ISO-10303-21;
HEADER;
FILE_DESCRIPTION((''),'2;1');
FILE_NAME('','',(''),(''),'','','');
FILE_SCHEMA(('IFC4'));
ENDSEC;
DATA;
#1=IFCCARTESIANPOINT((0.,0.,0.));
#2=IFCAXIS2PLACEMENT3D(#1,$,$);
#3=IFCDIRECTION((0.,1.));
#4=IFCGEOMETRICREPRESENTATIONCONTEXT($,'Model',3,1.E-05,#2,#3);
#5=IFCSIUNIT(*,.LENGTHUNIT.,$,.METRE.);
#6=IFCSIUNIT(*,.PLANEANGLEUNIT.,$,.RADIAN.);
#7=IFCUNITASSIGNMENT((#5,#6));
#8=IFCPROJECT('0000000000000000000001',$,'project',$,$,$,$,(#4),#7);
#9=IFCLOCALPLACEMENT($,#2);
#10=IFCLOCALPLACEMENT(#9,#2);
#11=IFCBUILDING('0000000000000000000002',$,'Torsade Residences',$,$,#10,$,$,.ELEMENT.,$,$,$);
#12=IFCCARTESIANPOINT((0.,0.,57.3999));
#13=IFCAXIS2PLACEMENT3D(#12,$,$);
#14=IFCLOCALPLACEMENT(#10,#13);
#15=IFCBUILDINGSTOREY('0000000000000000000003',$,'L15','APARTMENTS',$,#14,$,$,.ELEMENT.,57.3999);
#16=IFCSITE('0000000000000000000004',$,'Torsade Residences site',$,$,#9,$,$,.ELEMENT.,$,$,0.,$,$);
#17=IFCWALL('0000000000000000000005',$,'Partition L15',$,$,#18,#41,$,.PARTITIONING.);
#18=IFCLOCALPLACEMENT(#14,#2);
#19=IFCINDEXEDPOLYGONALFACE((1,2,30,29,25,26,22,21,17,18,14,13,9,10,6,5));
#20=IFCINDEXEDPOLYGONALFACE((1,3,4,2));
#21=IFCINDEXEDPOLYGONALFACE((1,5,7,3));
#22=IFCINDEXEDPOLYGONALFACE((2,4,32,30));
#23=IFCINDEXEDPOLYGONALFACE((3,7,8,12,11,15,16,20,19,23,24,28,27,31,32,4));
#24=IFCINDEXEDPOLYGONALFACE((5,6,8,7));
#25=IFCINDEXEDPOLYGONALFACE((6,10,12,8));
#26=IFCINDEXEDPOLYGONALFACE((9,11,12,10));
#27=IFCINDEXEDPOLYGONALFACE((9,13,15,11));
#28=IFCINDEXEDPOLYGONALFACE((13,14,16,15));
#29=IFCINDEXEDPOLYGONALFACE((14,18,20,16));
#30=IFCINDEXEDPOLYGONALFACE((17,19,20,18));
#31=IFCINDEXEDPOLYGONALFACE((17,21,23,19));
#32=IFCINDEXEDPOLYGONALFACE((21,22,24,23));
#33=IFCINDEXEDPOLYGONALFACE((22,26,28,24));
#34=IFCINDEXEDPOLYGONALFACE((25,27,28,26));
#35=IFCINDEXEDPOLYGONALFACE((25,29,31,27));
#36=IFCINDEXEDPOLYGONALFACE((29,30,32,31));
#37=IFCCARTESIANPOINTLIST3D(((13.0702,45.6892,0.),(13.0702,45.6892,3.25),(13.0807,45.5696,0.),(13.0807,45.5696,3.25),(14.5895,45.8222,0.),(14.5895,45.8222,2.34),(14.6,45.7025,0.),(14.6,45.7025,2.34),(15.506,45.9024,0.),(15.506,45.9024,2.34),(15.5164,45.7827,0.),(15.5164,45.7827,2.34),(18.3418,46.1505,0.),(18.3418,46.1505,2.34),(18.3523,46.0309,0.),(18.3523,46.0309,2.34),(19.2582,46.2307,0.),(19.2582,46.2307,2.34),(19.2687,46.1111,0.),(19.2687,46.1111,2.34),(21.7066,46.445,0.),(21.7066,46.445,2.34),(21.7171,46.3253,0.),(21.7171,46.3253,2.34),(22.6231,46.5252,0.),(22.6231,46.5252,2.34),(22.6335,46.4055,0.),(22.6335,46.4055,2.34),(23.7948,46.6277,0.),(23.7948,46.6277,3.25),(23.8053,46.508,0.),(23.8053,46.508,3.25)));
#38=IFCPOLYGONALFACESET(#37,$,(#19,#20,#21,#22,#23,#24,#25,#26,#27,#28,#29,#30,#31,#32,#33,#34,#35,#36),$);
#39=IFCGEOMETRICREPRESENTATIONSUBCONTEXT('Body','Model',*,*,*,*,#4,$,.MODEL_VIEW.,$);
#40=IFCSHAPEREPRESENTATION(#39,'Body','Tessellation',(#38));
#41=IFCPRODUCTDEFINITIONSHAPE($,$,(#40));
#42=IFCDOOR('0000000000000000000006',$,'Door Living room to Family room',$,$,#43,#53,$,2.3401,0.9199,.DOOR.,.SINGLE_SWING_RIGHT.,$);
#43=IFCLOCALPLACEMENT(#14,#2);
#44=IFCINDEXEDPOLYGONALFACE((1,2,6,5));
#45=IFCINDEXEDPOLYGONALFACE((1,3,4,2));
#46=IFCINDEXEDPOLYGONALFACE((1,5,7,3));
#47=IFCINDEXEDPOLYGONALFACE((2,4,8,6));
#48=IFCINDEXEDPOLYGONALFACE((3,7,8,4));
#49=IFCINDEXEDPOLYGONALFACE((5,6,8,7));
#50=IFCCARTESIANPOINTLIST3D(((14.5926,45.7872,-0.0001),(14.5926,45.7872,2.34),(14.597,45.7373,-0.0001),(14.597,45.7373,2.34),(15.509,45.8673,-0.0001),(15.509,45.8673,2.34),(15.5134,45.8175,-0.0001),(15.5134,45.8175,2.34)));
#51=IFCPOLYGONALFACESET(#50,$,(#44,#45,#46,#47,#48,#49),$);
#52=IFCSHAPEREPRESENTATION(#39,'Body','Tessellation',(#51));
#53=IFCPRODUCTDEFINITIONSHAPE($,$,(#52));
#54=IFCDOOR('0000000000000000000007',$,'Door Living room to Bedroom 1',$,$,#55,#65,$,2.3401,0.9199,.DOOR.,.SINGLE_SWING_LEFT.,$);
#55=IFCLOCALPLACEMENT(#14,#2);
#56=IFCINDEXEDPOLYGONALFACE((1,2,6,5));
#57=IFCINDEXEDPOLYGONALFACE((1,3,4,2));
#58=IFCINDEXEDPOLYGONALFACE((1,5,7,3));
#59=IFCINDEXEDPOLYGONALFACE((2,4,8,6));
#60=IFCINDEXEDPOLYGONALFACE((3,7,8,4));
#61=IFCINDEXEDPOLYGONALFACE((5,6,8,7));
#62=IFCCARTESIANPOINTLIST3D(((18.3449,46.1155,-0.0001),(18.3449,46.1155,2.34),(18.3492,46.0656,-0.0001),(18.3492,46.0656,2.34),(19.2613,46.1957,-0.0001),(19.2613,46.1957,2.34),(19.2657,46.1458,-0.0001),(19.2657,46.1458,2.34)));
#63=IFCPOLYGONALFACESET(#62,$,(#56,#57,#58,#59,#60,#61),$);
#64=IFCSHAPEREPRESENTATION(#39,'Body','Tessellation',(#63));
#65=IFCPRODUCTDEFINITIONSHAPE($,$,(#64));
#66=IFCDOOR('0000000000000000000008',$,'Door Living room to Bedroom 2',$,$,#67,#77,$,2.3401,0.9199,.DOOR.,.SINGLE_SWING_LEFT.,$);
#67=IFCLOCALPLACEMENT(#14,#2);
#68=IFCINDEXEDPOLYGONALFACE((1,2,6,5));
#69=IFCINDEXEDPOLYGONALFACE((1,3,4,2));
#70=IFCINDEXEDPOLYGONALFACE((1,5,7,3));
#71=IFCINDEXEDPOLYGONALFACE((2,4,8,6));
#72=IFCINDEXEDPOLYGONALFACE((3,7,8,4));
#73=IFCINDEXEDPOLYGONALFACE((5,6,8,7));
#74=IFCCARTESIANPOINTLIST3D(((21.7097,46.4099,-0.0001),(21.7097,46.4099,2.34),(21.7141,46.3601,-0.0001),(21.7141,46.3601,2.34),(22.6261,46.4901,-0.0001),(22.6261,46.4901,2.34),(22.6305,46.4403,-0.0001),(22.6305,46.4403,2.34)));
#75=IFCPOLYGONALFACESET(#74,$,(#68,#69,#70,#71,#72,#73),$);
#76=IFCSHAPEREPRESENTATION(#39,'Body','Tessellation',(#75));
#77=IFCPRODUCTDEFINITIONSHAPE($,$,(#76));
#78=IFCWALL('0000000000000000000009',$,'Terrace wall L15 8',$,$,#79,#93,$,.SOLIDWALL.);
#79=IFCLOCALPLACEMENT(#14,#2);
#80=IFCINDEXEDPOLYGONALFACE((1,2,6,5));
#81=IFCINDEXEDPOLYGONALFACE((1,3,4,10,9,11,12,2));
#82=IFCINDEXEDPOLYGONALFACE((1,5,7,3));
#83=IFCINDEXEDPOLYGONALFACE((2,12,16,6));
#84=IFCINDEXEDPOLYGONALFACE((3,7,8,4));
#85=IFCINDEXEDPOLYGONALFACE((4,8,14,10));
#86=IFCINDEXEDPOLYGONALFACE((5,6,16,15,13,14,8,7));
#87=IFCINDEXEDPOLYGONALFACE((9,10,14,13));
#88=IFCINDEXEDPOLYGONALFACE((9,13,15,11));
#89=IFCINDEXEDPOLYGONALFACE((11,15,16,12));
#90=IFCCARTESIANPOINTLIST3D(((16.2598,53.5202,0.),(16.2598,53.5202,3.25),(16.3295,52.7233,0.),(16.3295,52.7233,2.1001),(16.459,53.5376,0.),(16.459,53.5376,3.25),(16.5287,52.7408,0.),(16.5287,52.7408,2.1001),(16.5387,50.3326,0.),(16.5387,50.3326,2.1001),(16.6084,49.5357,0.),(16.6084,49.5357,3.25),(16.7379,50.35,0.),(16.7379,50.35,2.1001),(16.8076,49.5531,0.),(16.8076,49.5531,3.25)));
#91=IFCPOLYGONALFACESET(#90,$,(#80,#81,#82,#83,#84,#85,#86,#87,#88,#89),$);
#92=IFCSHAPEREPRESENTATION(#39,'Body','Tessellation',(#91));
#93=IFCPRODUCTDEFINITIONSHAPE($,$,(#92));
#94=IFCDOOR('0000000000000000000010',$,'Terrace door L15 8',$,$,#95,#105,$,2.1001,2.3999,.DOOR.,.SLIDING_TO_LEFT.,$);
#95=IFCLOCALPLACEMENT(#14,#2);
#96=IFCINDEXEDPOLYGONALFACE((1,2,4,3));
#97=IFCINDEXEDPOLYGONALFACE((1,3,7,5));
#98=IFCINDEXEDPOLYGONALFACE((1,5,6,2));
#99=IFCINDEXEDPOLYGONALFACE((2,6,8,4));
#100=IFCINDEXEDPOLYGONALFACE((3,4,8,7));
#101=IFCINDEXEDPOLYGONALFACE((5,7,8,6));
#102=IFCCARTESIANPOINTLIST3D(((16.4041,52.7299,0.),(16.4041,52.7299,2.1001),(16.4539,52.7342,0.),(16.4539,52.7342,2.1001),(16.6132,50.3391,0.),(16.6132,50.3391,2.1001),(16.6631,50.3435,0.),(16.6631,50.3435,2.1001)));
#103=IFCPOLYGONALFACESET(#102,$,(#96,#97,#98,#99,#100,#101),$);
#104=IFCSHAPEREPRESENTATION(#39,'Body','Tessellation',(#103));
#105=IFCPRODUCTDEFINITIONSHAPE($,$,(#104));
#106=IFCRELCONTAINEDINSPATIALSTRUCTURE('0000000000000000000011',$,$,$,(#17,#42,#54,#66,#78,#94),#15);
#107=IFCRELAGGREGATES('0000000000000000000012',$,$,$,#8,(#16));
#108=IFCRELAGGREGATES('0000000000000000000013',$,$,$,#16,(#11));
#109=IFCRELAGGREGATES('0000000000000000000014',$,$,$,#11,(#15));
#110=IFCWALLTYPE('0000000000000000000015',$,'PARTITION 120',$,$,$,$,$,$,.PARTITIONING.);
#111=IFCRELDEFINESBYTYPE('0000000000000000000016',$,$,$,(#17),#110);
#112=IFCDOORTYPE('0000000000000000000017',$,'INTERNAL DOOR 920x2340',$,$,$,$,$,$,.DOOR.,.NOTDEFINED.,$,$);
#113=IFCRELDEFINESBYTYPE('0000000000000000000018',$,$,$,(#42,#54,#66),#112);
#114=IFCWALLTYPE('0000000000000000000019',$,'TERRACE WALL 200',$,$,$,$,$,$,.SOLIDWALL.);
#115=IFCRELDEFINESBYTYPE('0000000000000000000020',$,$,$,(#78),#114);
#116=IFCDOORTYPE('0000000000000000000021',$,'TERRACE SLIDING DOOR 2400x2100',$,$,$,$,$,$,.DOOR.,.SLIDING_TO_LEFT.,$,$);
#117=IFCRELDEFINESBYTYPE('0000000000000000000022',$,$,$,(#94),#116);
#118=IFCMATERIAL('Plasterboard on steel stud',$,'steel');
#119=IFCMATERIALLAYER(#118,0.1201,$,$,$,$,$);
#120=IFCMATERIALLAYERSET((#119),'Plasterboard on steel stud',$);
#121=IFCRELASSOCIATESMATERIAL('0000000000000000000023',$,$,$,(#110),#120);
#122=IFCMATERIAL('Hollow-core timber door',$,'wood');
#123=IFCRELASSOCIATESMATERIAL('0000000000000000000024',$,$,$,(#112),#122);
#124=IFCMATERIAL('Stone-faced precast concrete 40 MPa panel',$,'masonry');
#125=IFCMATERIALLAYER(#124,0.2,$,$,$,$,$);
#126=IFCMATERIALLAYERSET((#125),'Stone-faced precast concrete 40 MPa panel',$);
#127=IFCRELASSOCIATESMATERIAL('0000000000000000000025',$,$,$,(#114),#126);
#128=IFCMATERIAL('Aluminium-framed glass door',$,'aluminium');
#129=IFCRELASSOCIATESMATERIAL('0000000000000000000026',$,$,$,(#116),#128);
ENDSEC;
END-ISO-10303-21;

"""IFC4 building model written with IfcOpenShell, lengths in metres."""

from ifc_helpers import new_model, si_unit, direction, frame, frame_2d, origin, place, context, subcontext, project, spatial, rectangle, extrude, material, layer, layer_set, type_object, element, fill, save


model = new_model("IFC4")

# Units and contexts
model_context = context("Model", 3, precision=1e-05, world=origin(), true_north=direction((0.0, 1.0)))
body_context = subcontext(model_context, "Body", "Model", "MODEL_VIEW")
ifc_project = project(units=[si_unit("LENGTHUNIT", "METRE"), si_unit("PLANEANGLEUNIT", "RADIAN")], contexts=[model_context])

# Site, building, storey
site_placement = place(None, origin())
site = spatial("IfcSite", under=ifc_project, at=site_placement, Name="Torsade Residences site", CompositionType="ELEMENT", RefElevation=0.0)
building_placement = place(site_placement, origin())
building = spatial("IfcBuilding", under=site, at=building_placement, Name="Torsade Residences", CompositionType="ELEMENT")
storey_placement = place(building_placement, frame((0.0, 0.0, 57.3999)))
storey = spatial("IfcBuildingStorey", under=building, at=storey_placement, Name="L15", Description="APARTMENTS", CompositionType="ELEMENT", Elevation=57.3999)

# Wall, openings, doors
ifc_material_1 = material(Name="Plasterboard on steel stud", Category="steel")
ifc_layer_1 = layer(ifc_material_1, 0.1201)
ifc_layer_set_1 = layer_set([ifc_layer_1], Name="Plasterboard on steel stud")
wall_type_1 = type_object("IfcWallType", Name="PARTITION 120", PredefinedType="PARTITIONING", material=ifc_layer_set_1)
wall_1_placement = place(storey_placement, frame((13.0754, 45.6294, 0.0), z_axis=(0.0, 0.0, 1.0), x_axis=(0.996193, 0.087174, 0.0)))
wall_1 = element("IfcWall", 1, at=wall_1_placement, inside=storey, type_object=wall_type_1, Name="Partition L15", PredefinedType="PARTITIONING", context=body_context, shape_type="SweptSolid", body=[
    extrude(rectangle(XDim=10.7656, YDim=0.1201, at=frame_2d((5.3828, 0.0))), origin(), (0.0, 0.0, 1.0), 3.25),
])
opening_1_placement = place(wall_1_placement, frame((1.5251, 0.0, 0.0)))
opening_1 = element("IfcOpeningElement", 2, at=opening_1_placement, cuts=wall_1, PredefinedType="OPENING", context=body_context, shape_type="SweptSolid", body=[
    extrude(rectangle(XDim=0.9199, YDim=2.3401, at=frame_2d((0.46, 1.1699))), frame((0.0, 0.0701, 0.0), z_axis=(0.0, -1.0, 0.0), x_axis=(1.0, 0.0, 0.0)), (0.0, 0.0, 1.0), 0.1401),
])
opening_2_placement = place(wall_1_placement, frame((5.2917, 0.0, 0.0)))
opening_2 = element("IfcOpeningElement", 3, at=opening_2_placement, cuts=wall_1, PredefinedType="OPENING", context=body_context, shape_type="SweptSolid", body=[
    extrude(rectangle(XDim=0.9199, YDim=2.3401, at=frame_2d((0.46, 1.1699))), frame((0.0, 0.0701, 0.0), z_axis=(0.0, -1.0, 0.0), x_axis=(1.0, 0.0, 0.0)), (0.0, 0.0, 1.0), 0.1401),
])
opening_3_placement = place(wall_1_placement, frame((8.6694, 0.0, 0.0)))
opening_3 = element("IfcOpeningElement", 4, at=opening_3_placement, cuts=wall_1, PredefinedType="OPENING", context=body_context, shape_type="SweptSolid", body=[
    extrude(rectangle(XDim=0.9199, YDim=2.3401, at=frame_2d((0.46, 1.1699))), frame((0.0, 0.0701, 0.0), z_axis=(0.0, -1.0, 0.0), x_axis=(1.0, 0.0, 0.0)), (0.0, 0.0, 1.0), 0.1401),
])
ifc_material_2 = material(Name="Hollow-core timber door", Category="wood")
door_type_1 = type_object("IfcDoorType", Name="INTERNAL DOOR 920x2340", OperationType="NOTDEFINED", PredefinedType="DOOR", material=ifc_material_2)
door_1_placement = place(opening_1_placement, origin())
door_1 = element("IfcDoor", 5, at=door_1_placement, inside=storey, type_object=door_type_1, Name="Door Living room to Family room", OperationType="SINGLE_SWING_RIGHT", OverallHeight=2.3401, OverallWidth=0.9199, PredefinedType="DOOR", context=body_context, shape_type="SweptSolid", body=[
    extrude(rectangle(XDim=0.9199, YDim=2.3401, at=frame_2d((0.46, 1.1699))), frame((0.0, 0.0249, 0.0), z_axis=(0.0, -1.0, 0.0), x_axis=(1.0, 0.0, 0.0)), (0.0, 0.0, 1.0), 0.05),
])
fill(opening_1, door_1)
door_2_placement = place(opening_2_placement, origin())
door_2 = element("IfcDoor", 6, at=door_2_placement, inside=storey, type_object=door_type_1, Name="Door Living room to Bedroom 1", OperationType="SINGLE_SWING_LEFT", OverallHeight=2.3401, OverallWidth=0.9199, PredefinedType="DOOR", context=body_context, shape_type="SweptSolid", body=[
    extrude(rectangle(XDim=0.9199, YDim=2.3401, at=frame_2d((0.46, 1.1699))), frame((0.0, 0.0249, 0.0), z_axis=(0.0, -1.0, 0.0), x_axis=(1.0, 0.0, 0.0)), (0.0, 0.0, 1.0), 0.05),
])
fill(opening_2, door_2)
door_3_placement = place(opening_3_placement, origin())
door_3 = element("IfcDoor", 7, at=door_3_placement, inside=storey, type_object=door_type_1, Name="Door Living room to Bedroom 2", OperationType="SINGLE_SWING_LEFT", OverallHeight=2.3401, OverallWidth=0.9199, PredefinedType="DOOR", context=body_context, shape_type="SweptSolid", body=[
    extrude(rectangle(XDim=0.9199, YDim=2.3401, at=frame_2d((0.46, 1.1699))), frame((0.0, 0.0249, 0.0), z_axis=(0.0, -1.0, 0.0), x_axis=(1.0, 0.0, 0.0)), (0.0, 0.0, 1.0), 0.05),
])
fill(opening_3, door_3)

# Wall, opening, door
ifc_material_3 = material(Name="Stone-faced precast concrete 40 MPa panel", Category="masonry")
ifc_layer_2 = layer(ifc_material_3, 0.2)
ifc_layer_set_2 = layer_set([ifc_layer_2], Name="Stone-faced precast concrete 40 MPa panel")
wall_type_2 = type_object("IfcWallType", Name="TERRACE WALL 200", PredefinedType="SOLIDWALL", material=ifc_layer_set_2)
wall_2_placement = place(storey_placement, frame((16.3594, 53.5291, 0.0), z_axis=(0.0, 0.0, 1.0), x_axis=(0.087162, -0.996194, 0.0)))
wall_2 = element("IfcWall", 8, at=wall_2_placement, inside=storey, type_object=wall_type_2, Name="Terrace wall L15 8", PredefinedType="SOLIDWALL", context=body_context, shape_type="SweptSolid", body=[
    extrude(rectangle(XDim=3.9998, YDim=0.2, at=frame_2d((2.0, 0.0))), origin(), (0.0, 0.0, 1.0), 3.25),
])
opening_4_placement = place(wall_2_placement, frame((0.8, 0.0, 0.0)))
opening_4 = element("IfcOpeningElement", 9, at=opening_4_placement, cuts=wall_2, PredefinedType="OPENING", context=body_context, shape_type="SweptSolid", body=[
    extrude(rectangle(XDim=2.3999, YDim=2.1001, at=frame_2d((1.2, 1.05))), frame((0.0, 0.1099, 0.0), z_axis=(0.0, -1.0, 0.0), x_axis=(1.0, 0.0, 0.0)), (0.0, 0.0, 1.0), 0.22),
])
ifc_material_4 = material(Name="Aluminium-framed glass door", Category="aluminium")
door_type_2 = type_object("IfcDoorType", Name="TERRACE SLIDING DOOR 2400x2100", OperationType="SLIDING_TO_LEFT", PredefinedType="DOOR", material=ifc_material_4)
door_4_placement = place(opening_4_placement, origin())
door_4 = element("IfcDoor", 10, at=door_4_placement, inside=storey, type_object=door_type_2, Name="Terrace door L15 8", OperationType="SLIDING_TO_LEFT", OverallHeight=2.1001, OverallWidth=2.3999, PredefinedType="DOOR", context=body_context, shape_type="SweptSolid", body=[
    extrude(rectangle(XDim=2.3999, YDim=2.1001, at=frame_2d((1.2, 1.05))), frame((0.0, 0.0249, 0.0), z_axis=(0.0, -1.0, 0.0), x_axis=(1.0, 0.0, 0.0)), (0.0, 0.0, 1.0), 0.05),
])
fill(opening_4, door_4)

save(model, "model.ifc")
